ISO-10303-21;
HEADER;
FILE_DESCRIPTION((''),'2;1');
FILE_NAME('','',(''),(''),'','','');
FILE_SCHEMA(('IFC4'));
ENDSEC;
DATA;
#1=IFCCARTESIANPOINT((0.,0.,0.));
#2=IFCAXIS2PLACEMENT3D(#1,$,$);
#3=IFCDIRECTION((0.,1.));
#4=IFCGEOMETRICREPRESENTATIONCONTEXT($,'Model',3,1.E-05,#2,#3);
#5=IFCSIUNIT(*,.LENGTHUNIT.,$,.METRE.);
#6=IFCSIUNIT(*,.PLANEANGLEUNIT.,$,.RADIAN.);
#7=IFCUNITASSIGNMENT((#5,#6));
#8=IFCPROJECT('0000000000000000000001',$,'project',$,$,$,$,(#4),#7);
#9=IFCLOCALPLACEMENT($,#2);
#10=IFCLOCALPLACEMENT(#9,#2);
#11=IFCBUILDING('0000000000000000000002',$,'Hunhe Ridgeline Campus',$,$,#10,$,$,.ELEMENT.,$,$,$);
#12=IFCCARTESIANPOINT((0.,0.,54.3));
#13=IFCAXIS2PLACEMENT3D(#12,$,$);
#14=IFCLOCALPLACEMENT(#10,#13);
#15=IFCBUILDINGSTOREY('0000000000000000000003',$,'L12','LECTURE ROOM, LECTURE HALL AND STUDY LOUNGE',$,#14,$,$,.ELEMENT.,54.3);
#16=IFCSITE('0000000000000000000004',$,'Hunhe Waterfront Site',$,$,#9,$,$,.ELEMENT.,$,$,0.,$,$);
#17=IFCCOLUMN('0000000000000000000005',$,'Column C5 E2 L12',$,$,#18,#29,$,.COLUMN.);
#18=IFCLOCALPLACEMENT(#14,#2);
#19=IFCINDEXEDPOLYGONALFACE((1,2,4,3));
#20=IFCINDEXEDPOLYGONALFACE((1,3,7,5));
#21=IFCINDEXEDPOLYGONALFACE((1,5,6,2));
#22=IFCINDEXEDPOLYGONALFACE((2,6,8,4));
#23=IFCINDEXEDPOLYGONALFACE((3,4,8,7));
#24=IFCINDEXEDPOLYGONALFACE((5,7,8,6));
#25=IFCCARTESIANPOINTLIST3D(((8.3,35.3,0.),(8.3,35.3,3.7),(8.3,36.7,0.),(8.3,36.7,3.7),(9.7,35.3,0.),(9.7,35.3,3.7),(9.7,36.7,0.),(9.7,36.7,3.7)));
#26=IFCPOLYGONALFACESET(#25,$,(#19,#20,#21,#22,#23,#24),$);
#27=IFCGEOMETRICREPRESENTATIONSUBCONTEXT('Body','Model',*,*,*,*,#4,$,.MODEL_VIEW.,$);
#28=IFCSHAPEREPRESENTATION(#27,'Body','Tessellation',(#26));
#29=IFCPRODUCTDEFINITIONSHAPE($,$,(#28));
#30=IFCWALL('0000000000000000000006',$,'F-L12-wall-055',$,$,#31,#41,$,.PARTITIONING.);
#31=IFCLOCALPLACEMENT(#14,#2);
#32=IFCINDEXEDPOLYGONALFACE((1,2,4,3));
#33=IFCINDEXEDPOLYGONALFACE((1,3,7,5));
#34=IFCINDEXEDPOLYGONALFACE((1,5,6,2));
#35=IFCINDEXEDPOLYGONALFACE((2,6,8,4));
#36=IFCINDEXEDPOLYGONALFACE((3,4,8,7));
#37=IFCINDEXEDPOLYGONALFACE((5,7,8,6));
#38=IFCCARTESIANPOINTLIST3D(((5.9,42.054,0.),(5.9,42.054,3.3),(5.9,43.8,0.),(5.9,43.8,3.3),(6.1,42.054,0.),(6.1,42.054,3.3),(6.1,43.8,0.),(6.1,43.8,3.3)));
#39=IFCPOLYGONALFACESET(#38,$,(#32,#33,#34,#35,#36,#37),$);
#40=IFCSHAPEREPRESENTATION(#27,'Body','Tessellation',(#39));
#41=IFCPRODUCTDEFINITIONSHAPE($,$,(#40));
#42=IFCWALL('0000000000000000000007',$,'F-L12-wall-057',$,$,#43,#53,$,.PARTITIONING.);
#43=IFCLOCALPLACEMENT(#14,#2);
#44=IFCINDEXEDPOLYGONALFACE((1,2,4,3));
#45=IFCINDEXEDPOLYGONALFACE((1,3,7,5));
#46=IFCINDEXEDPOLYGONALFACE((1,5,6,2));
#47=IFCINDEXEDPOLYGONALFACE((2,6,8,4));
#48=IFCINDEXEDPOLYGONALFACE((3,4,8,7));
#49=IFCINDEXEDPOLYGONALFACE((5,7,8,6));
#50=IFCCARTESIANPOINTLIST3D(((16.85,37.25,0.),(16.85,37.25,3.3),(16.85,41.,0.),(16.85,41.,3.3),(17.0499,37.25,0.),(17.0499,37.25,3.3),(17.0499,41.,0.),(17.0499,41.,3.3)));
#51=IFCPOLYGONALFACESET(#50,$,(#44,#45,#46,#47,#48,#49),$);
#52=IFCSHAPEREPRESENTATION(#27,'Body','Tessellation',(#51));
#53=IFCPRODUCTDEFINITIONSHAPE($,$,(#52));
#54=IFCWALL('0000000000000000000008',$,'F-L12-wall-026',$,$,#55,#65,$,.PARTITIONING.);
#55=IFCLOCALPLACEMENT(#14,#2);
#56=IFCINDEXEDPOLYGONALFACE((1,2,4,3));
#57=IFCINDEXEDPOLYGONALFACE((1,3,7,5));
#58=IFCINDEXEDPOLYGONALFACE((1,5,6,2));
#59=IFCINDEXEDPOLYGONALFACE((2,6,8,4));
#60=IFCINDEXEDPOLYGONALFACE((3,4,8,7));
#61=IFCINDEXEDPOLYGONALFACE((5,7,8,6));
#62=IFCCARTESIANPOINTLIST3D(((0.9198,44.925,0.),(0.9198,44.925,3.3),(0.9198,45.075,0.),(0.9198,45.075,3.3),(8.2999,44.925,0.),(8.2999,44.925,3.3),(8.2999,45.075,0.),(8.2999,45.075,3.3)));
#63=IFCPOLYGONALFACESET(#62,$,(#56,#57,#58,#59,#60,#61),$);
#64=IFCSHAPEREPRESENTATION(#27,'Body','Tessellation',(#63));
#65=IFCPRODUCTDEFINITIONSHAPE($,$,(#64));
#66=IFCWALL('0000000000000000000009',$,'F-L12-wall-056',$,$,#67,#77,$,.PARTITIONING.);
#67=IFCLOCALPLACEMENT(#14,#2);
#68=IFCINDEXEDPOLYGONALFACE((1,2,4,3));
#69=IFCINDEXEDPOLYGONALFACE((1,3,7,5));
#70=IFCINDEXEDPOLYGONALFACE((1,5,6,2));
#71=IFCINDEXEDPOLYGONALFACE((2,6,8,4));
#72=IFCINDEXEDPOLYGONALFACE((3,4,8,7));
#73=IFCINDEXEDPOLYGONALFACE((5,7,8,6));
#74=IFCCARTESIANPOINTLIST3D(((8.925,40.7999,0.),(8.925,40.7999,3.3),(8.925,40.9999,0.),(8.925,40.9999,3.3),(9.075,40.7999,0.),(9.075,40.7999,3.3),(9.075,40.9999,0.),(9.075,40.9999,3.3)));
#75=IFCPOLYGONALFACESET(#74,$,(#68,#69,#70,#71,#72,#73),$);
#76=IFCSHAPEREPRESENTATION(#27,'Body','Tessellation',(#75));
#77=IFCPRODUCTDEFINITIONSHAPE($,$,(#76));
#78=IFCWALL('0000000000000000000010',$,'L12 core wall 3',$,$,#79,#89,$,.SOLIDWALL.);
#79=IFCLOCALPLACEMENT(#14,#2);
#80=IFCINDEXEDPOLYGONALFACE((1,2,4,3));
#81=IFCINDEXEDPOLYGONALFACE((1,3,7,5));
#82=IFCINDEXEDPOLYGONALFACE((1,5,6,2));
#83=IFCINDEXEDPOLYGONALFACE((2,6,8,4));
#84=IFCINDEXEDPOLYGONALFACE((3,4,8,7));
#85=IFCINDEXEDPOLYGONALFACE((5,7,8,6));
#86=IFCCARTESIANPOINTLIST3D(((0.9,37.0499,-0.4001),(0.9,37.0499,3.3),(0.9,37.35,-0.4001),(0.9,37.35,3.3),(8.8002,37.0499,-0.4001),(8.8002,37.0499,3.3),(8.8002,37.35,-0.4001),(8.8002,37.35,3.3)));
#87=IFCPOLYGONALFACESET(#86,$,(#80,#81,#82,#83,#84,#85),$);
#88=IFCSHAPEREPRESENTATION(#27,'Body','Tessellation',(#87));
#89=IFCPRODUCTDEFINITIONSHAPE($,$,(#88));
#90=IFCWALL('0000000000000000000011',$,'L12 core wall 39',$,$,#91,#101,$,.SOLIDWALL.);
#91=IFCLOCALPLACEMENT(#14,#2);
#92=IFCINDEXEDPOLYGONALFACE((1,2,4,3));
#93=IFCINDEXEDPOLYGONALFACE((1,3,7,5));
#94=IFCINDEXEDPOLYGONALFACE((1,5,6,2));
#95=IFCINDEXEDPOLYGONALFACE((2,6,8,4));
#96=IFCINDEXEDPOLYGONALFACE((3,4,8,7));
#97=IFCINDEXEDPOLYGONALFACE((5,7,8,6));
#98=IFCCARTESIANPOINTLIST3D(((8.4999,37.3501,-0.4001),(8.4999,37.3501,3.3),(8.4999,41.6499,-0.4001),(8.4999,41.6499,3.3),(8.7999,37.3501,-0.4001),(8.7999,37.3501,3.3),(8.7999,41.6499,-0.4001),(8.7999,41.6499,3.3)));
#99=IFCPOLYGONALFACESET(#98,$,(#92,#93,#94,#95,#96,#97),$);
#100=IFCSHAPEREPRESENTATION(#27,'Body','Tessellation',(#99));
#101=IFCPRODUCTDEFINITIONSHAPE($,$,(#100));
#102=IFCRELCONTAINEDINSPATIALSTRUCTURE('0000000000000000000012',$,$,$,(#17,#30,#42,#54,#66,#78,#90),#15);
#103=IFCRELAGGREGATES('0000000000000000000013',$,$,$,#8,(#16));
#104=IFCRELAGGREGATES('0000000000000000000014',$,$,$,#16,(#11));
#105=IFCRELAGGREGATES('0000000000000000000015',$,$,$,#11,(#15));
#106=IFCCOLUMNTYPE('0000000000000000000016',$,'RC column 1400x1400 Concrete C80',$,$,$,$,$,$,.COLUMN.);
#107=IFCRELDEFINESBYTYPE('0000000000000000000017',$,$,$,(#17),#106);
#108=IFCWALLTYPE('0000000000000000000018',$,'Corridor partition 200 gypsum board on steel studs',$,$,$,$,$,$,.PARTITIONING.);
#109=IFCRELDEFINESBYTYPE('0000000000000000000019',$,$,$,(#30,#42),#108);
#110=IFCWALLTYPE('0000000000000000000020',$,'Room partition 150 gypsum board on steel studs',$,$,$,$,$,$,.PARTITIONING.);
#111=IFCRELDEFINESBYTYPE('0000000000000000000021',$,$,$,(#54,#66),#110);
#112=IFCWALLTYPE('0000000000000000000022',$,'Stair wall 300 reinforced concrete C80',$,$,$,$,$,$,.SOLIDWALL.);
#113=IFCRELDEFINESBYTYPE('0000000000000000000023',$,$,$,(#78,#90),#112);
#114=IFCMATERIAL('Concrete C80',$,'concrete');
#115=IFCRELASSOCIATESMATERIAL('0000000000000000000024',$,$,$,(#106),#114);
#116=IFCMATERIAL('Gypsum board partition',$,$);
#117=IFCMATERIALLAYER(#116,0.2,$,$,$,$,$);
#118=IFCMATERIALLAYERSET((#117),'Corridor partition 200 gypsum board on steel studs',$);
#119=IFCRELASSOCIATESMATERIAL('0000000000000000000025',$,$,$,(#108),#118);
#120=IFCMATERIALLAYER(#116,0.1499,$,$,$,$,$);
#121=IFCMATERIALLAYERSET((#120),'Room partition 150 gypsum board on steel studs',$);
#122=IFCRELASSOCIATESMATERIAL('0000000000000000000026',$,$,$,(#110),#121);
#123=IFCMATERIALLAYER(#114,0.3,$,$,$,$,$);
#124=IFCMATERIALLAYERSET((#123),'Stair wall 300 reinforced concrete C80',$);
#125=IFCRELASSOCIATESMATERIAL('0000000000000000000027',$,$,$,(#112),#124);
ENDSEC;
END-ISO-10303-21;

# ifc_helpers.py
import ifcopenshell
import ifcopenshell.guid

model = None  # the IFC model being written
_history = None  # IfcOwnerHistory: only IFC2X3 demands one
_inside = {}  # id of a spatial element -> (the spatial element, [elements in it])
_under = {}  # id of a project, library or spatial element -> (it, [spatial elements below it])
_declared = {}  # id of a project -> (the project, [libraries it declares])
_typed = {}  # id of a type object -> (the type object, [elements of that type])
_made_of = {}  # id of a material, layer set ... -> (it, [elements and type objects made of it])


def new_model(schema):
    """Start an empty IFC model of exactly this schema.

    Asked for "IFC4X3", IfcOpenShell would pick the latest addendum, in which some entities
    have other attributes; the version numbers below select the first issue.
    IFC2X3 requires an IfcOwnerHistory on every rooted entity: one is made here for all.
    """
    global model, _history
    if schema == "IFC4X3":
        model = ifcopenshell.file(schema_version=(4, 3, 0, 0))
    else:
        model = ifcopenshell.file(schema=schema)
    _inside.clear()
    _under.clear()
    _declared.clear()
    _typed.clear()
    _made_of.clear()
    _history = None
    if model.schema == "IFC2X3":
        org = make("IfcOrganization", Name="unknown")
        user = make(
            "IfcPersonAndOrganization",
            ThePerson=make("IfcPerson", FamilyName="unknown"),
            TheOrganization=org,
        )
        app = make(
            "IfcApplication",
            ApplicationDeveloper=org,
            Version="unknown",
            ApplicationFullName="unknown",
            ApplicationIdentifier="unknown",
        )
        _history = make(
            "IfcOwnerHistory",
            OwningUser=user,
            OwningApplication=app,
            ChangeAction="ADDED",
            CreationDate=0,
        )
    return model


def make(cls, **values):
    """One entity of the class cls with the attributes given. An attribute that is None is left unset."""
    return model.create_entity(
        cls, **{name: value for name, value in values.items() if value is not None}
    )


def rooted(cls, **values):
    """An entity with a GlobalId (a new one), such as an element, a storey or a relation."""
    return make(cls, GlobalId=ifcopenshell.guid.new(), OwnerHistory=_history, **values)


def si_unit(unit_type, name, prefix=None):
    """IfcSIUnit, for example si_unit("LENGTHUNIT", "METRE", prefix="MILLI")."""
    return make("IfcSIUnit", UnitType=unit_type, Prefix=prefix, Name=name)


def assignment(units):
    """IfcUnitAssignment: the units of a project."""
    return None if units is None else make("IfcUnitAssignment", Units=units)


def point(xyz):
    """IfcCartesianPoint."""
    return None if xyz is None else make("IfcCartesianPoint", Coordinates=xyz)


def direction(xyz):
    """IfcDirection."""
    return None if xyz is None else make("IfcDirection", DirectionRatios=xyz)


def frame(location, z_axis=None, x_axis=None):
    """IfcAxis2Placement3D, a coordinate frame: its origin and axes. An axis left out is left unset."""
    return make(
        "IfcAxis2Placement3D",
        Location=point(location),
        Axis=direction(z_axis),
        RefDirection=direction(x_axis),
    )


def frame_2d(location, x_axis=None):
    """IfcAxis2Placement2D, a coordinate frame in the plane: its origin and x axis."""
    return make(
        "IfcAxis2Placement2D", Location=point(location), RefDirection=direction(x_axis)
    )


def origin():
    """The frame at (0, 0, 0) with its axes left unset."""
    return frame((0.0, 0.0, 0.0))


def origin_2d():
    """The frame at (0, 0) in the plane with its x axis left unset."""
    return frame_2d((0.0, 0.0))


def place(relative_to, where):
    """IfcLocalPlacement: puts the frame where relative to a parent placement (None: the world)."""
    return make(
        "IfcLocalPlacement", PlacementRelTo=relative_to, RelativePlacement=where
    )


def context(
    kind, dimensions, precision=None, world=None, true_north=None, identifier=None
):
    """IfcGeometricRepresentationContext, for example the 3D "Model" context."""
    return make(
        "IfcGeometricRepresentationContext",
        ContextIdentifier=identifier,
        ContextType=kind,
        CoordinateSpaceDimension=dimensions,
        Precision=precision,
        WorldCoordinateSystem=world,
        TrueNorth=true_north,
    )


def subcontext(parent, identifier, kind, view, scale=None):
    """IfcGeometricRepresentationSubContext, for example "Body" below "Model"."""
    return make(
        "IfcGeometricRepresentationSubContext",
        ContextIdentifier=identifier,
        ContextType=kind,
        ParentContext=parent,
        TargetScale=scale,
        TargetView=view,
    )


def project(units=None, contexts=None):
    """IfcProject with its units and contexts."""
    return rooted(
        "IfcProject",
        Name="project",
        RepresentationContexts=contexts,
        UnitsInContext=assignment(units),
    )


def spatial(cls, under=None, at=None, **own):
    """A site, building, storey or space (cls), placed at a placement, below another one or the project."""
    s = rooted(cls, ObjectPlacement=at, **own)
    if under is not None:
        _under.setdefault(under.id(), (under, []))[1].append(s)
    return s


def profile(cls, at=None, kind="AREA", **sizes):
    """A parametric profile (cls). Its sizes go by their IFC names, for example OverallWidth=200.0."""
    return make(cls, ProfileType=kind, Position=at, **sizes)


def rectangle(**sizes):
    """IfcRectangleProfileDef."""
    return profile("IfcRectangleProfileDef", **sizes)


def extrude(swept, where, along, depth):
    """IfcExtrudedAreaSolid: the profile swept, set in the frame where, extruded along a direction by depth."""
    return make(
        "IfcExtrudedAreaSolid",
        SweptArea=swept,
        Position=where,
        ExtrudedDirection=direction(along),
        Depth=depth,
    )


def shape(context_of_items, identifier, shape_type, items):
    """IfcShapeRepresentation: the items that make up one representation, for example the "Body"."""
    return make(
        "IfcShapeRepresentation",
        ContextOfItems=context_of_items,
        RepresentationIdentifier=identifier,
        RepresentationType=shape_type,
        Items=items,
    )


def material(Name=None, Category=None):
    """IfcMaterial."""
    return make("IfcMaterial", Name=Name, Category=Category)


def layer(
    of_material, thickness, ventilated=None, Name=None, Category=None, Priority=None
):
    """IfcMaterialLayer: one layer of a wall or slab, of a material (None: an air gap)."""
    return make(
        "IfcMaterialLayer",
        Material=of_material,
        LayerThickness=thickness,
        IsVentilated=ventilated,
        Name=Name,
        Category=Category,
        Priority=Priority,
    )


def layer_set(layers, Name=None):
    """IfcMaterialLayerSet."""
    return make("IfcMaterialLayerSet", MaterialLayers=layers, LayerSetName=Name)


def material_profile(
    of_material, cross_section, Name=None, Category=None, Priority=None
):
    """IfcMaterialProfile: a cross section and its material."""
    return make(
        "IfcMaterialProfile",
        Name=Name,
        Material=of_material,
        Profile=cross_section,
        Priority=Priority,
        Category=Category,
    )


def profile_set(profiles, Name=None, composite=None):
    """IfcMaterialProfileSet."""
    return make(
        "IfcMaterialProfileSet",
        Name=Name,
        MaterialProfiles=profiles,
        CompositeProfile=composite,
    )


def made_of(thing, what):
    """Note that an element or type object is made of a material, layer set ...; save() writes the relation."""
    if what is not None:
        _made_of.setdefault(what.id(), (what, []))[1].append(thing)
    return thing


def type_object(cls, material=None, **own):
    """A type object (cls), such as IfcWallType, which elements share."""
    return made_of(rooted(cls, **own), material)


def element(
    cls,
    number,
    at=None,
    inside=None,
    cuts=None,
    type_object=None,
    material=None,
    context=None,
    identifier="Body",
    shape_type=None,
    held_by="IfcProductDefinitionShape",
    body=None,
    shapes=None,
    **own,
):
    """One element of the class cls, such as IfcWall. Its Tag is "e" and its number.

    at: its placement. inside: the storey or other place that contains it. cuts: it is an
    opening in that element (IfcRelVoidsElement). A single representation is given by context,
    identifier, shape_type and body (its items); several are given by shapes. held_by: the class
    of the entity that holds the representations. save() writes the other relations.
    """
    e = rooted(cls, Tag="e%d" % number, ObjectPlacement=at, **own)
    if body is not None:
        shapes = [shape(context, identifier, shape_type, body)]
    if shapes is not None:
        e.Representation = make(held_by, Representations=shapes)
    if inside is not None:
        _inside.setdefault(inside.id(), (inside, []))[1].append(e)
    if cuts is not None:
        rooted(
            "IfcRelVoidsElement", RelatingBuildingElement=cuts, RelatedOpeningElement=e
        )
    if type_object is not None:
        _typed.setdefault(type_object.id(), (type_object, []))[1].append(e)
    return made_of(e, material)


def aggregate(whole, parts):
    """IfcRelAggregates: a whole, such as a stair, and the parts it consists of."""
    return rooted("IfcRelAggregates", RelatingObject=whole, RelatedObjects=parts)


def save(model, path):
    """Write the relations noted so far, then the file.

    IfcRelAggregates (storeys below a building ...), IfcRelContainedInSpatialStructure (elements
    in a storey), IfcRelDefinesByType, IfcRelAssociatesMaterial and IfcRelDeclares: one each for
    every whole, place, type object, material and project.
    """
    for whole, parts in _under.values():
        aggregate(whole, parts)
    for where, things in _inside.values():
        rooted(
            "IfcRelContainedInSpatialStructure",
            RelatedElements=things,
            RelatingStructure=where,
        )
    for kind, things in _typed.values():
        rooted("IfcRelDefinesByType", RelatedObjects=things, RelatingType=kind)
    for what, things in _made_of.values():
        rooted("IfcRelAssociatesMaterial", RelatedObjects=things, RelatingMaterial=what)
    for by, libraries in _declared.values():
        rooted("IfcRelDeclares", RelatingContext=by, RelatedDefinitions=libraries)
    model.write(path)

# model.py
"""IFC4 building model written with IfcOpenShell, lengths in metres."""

from ifc_helpers import new_model, si_unit, direction, frame, frame_2d, origin, origin_2d, place, context, subcontext, project, spatial, rectangle, extrude, material, layer, layer_set, material_profile, profile_set, type_object, element, save


model = new_model("IFC4")

# Units and contexts
model_context = context("Model", 3, precision=1e-05, world=origin(), true_north=direction((0.0, 1.0)))
body_context = subcontext(model_context, "Body", "Model", "MODEL_VIEW")
ifc_project = project(units=[si_unit("LENGTHUNIT", "METRE"), si_unit("PLANEANGLEUNIT", "RADIAN")], contexts=[model_context])

# Site, building, storey
site_placement = place(None, origin())
site = spatial("IfcSite", under=ifc_project, at=site_placement, Name="Hunhe Waterfront Site", CompositionType="ELEMENT", RefElevation=0.0)
building_placement = place(site_placement, origin())
building = spatial("IfcBuilding", under=site, at=building_placement, Name="Hunhe Ridgeline Campus", CompositionType="ELEMENT")
storey_placement = place(building_placement, frame((0.0, 0.0, 54.3)))
storey = spatial("IfcBuildingStorey", under=building, at=storey_placement, Name="L12", Description="LECTURE ROOM, LECTURE HALL AND STUDY LOUNGE", CompositionType="ELEMENT", Elevation=54.3)

# Column
ifc_material_1 = material(Name="Concrete C80", Category="concrete")
ifc_material_profile = material_profile(ifc_material_1, rectangle(XDim=1.3999, YDim=1.3999, at=origin_2d()))
ifc_profile_set = profile_set([ifc_material_profile], Name="Concrete C80")
column_type = type_object("IfcColumnType", Name="RC column 1400x1400 Concrete C80", PredefinedType="COLUMN", material=ifc_profile_set)
column_placement = place(storey_placement, frame((9.0, 36.0, 0.0), z_axis=(0.0, 0.0, 1.0), x_axis=(1.0, 0.0, 0.0)))
element("IfcColumn", 1, at=column_placement, inside=storey, type_object=column_type, Name="Column C5 E2 L12", PredefinedType="COLUMN", context=body_context, shape_type="SweptSolid", body=[
    extrude(rectangle(XDim=1.3999, YDim=1.3999, at=origin_2d()), origin(), (0.0, 0.0, 1.0), 3.7),
])

# Shared definitions
ifc_material_2 = material(Name="Gypsum board partition")
ifc_layer_1 = layer(ifc_material_2, 0.2)
ifc_layer_set_1 = layer_set([ifc_layer_1], Name="Corridor partition 200 gypsum board on steel studs")
wall_type_1 = type_object("IfcWallType", Name="Corridor partition 200 gypsum board on steel studs", PredefinedType="PARTITIONING", material=ifc_layer_set_1)

# Walls
wall_1_placement = place(storey_placement, frame((6.0, 42.054, 0.0), z_axis=(0.0, 0.0, 1.0), x_axis=(0.0, 1.0, 0.0)))
element("IfcWall", 2, at=wall_1_placement, inside=storey, type_object=wall_type_1, Name="F-L12-wall-055", PredefinedType="PARTITIONING", context=body_context, shape_type="SweptSolid", body=[
    extrude(rectangle(XDim=1.7461, YDim=0.2, at=frame_2d((0.873, 0.0))), origin(), (0.0, 0.0, 1.0), 3.3),
])
wall_2_placement = place(storey_placement, frame((16.95, 37.25, 0.0), z_axis=(0.0, 0.0, 1.0), x_axis=(0.0, 1.0, 0.0)))
element("IfcWall", 3, at=wall_2_placement, inside=storey, type_object=wall_type_1, Name="F-L12-wall-057", PredefinedType="PARTITIONING", context=body_context, shape_type="SweptSolid", body=[
    extrude(rectangle(XDim=3.75, YDim=0.2, at=frame_2d((1.875, 0.0))), origin(), (0.0, 0.0, 1.0), 3.3),
])
ifc_layer_2 = layer(ifc_material_2, 0.1499)
ifc_layer_set_2 = layer_set([ifc_layer_2], Name="Room partition 150 gypsum board on steel studs")
wall_type_2 = type_object("IfcWallType", Name="Room partition 150 gypsum board on steel studs", PredefinedType="PARTITIONING", material=ifc_layer_set_2)
wall_3_placement = place(storey_placement, frame((0.9199, 45.0, 0.0), z_axis=(0.0, 0.0, 1.0), x_axis=(1.0, 0.0, 0.0)))
element("IfcWall", 4, at=wall_3_placement, inside=storey, type_object=wall_type_2, Name="F-L12-wall-026", PredefinedType="PARTITIONING", context=body_context, shape_type="SweptSolid", body=[
    extrude(rectangle(XDim=7.3801, YDim=0.1499, at=frame_2d((3.6899, 0.0))), origin(), (0.0, 0.0, 1.0), 3.3),
])
wall_4_placement = place(storey_placement, frame((9.0, 41.0, 0.0), z_axis=(0.0, 0.0, 1.0), x_axis=(0.0, -1.0, 0.0)))
element("IfcWall", 5, at=wall_4_placement, inside=storey, type_object=wall_type_2, Name="F-L12-wall-056", PredefinedType="PARTITIONING", context=body_context, shape_type="SweptSolid", body=[
    extrude(rectangle(XDim=0.2, YDim=0.1499, at=frame_2d((0.1001, 0.0))), origin(), (0.0, 0.0, 1.0), 3.3),
])
ifc_layer_3 = layer(ifc_material_1, 0.3)
ifc_layer_set_3 = layer_set([ifc_layer_3], Name="Stair wall 300 reinforced concrete C80")
wall_type_3 = type_object("IfcWallType", Name="Stair wall 300 reinforced concrete C80", PredefinedType="SOLIDWALL", material=ifc_layer_set_3)
wall_5_placement = place(storey_placement, frame((0.8999, 37.2, -0.4001), z_axis=(0.0, 0.0, 1.0), x_axis=(1.0, 0.0, 0.0)))
element("IfcWall", 6, at=wall_5_placement, inside=storey, type_object=wall_type_3, Name="L12 core wall 3", PredefinedType="SOLIDWALL", context=body_context, shape_type="SweptSolid", body=[
    extrude(rectangle(XDim=7.9001, YDim=0.3, at=frame_2d((3.9502, 0.0))), origin(), (0.0, 0.0, 1.0), 3.7002),
])

# Wall
wall_6_placement = place(storey_placement, frame((8.6499, 37.3501, -0.4001), z_axis=(0.0, 0.0, 1.0), x_axis=(0.0, 1.0, 0.0)))
element("IfcWall", 7, at=wall_6_placement, inside=storey, type_object=wall_type_3, Name="L12 core wall 39", PredefinedType="SOLIDWALL", context=body_context, shape_type="SweptSolid", body=[
    extrude(rectangle(XDim=4.2998, YDim=0.3, at=frame_2d((2.1499, 0.0))), origin(), (0.0, 0.0, 1.0), 3.7002),
])

save(model, "model.ifc")
